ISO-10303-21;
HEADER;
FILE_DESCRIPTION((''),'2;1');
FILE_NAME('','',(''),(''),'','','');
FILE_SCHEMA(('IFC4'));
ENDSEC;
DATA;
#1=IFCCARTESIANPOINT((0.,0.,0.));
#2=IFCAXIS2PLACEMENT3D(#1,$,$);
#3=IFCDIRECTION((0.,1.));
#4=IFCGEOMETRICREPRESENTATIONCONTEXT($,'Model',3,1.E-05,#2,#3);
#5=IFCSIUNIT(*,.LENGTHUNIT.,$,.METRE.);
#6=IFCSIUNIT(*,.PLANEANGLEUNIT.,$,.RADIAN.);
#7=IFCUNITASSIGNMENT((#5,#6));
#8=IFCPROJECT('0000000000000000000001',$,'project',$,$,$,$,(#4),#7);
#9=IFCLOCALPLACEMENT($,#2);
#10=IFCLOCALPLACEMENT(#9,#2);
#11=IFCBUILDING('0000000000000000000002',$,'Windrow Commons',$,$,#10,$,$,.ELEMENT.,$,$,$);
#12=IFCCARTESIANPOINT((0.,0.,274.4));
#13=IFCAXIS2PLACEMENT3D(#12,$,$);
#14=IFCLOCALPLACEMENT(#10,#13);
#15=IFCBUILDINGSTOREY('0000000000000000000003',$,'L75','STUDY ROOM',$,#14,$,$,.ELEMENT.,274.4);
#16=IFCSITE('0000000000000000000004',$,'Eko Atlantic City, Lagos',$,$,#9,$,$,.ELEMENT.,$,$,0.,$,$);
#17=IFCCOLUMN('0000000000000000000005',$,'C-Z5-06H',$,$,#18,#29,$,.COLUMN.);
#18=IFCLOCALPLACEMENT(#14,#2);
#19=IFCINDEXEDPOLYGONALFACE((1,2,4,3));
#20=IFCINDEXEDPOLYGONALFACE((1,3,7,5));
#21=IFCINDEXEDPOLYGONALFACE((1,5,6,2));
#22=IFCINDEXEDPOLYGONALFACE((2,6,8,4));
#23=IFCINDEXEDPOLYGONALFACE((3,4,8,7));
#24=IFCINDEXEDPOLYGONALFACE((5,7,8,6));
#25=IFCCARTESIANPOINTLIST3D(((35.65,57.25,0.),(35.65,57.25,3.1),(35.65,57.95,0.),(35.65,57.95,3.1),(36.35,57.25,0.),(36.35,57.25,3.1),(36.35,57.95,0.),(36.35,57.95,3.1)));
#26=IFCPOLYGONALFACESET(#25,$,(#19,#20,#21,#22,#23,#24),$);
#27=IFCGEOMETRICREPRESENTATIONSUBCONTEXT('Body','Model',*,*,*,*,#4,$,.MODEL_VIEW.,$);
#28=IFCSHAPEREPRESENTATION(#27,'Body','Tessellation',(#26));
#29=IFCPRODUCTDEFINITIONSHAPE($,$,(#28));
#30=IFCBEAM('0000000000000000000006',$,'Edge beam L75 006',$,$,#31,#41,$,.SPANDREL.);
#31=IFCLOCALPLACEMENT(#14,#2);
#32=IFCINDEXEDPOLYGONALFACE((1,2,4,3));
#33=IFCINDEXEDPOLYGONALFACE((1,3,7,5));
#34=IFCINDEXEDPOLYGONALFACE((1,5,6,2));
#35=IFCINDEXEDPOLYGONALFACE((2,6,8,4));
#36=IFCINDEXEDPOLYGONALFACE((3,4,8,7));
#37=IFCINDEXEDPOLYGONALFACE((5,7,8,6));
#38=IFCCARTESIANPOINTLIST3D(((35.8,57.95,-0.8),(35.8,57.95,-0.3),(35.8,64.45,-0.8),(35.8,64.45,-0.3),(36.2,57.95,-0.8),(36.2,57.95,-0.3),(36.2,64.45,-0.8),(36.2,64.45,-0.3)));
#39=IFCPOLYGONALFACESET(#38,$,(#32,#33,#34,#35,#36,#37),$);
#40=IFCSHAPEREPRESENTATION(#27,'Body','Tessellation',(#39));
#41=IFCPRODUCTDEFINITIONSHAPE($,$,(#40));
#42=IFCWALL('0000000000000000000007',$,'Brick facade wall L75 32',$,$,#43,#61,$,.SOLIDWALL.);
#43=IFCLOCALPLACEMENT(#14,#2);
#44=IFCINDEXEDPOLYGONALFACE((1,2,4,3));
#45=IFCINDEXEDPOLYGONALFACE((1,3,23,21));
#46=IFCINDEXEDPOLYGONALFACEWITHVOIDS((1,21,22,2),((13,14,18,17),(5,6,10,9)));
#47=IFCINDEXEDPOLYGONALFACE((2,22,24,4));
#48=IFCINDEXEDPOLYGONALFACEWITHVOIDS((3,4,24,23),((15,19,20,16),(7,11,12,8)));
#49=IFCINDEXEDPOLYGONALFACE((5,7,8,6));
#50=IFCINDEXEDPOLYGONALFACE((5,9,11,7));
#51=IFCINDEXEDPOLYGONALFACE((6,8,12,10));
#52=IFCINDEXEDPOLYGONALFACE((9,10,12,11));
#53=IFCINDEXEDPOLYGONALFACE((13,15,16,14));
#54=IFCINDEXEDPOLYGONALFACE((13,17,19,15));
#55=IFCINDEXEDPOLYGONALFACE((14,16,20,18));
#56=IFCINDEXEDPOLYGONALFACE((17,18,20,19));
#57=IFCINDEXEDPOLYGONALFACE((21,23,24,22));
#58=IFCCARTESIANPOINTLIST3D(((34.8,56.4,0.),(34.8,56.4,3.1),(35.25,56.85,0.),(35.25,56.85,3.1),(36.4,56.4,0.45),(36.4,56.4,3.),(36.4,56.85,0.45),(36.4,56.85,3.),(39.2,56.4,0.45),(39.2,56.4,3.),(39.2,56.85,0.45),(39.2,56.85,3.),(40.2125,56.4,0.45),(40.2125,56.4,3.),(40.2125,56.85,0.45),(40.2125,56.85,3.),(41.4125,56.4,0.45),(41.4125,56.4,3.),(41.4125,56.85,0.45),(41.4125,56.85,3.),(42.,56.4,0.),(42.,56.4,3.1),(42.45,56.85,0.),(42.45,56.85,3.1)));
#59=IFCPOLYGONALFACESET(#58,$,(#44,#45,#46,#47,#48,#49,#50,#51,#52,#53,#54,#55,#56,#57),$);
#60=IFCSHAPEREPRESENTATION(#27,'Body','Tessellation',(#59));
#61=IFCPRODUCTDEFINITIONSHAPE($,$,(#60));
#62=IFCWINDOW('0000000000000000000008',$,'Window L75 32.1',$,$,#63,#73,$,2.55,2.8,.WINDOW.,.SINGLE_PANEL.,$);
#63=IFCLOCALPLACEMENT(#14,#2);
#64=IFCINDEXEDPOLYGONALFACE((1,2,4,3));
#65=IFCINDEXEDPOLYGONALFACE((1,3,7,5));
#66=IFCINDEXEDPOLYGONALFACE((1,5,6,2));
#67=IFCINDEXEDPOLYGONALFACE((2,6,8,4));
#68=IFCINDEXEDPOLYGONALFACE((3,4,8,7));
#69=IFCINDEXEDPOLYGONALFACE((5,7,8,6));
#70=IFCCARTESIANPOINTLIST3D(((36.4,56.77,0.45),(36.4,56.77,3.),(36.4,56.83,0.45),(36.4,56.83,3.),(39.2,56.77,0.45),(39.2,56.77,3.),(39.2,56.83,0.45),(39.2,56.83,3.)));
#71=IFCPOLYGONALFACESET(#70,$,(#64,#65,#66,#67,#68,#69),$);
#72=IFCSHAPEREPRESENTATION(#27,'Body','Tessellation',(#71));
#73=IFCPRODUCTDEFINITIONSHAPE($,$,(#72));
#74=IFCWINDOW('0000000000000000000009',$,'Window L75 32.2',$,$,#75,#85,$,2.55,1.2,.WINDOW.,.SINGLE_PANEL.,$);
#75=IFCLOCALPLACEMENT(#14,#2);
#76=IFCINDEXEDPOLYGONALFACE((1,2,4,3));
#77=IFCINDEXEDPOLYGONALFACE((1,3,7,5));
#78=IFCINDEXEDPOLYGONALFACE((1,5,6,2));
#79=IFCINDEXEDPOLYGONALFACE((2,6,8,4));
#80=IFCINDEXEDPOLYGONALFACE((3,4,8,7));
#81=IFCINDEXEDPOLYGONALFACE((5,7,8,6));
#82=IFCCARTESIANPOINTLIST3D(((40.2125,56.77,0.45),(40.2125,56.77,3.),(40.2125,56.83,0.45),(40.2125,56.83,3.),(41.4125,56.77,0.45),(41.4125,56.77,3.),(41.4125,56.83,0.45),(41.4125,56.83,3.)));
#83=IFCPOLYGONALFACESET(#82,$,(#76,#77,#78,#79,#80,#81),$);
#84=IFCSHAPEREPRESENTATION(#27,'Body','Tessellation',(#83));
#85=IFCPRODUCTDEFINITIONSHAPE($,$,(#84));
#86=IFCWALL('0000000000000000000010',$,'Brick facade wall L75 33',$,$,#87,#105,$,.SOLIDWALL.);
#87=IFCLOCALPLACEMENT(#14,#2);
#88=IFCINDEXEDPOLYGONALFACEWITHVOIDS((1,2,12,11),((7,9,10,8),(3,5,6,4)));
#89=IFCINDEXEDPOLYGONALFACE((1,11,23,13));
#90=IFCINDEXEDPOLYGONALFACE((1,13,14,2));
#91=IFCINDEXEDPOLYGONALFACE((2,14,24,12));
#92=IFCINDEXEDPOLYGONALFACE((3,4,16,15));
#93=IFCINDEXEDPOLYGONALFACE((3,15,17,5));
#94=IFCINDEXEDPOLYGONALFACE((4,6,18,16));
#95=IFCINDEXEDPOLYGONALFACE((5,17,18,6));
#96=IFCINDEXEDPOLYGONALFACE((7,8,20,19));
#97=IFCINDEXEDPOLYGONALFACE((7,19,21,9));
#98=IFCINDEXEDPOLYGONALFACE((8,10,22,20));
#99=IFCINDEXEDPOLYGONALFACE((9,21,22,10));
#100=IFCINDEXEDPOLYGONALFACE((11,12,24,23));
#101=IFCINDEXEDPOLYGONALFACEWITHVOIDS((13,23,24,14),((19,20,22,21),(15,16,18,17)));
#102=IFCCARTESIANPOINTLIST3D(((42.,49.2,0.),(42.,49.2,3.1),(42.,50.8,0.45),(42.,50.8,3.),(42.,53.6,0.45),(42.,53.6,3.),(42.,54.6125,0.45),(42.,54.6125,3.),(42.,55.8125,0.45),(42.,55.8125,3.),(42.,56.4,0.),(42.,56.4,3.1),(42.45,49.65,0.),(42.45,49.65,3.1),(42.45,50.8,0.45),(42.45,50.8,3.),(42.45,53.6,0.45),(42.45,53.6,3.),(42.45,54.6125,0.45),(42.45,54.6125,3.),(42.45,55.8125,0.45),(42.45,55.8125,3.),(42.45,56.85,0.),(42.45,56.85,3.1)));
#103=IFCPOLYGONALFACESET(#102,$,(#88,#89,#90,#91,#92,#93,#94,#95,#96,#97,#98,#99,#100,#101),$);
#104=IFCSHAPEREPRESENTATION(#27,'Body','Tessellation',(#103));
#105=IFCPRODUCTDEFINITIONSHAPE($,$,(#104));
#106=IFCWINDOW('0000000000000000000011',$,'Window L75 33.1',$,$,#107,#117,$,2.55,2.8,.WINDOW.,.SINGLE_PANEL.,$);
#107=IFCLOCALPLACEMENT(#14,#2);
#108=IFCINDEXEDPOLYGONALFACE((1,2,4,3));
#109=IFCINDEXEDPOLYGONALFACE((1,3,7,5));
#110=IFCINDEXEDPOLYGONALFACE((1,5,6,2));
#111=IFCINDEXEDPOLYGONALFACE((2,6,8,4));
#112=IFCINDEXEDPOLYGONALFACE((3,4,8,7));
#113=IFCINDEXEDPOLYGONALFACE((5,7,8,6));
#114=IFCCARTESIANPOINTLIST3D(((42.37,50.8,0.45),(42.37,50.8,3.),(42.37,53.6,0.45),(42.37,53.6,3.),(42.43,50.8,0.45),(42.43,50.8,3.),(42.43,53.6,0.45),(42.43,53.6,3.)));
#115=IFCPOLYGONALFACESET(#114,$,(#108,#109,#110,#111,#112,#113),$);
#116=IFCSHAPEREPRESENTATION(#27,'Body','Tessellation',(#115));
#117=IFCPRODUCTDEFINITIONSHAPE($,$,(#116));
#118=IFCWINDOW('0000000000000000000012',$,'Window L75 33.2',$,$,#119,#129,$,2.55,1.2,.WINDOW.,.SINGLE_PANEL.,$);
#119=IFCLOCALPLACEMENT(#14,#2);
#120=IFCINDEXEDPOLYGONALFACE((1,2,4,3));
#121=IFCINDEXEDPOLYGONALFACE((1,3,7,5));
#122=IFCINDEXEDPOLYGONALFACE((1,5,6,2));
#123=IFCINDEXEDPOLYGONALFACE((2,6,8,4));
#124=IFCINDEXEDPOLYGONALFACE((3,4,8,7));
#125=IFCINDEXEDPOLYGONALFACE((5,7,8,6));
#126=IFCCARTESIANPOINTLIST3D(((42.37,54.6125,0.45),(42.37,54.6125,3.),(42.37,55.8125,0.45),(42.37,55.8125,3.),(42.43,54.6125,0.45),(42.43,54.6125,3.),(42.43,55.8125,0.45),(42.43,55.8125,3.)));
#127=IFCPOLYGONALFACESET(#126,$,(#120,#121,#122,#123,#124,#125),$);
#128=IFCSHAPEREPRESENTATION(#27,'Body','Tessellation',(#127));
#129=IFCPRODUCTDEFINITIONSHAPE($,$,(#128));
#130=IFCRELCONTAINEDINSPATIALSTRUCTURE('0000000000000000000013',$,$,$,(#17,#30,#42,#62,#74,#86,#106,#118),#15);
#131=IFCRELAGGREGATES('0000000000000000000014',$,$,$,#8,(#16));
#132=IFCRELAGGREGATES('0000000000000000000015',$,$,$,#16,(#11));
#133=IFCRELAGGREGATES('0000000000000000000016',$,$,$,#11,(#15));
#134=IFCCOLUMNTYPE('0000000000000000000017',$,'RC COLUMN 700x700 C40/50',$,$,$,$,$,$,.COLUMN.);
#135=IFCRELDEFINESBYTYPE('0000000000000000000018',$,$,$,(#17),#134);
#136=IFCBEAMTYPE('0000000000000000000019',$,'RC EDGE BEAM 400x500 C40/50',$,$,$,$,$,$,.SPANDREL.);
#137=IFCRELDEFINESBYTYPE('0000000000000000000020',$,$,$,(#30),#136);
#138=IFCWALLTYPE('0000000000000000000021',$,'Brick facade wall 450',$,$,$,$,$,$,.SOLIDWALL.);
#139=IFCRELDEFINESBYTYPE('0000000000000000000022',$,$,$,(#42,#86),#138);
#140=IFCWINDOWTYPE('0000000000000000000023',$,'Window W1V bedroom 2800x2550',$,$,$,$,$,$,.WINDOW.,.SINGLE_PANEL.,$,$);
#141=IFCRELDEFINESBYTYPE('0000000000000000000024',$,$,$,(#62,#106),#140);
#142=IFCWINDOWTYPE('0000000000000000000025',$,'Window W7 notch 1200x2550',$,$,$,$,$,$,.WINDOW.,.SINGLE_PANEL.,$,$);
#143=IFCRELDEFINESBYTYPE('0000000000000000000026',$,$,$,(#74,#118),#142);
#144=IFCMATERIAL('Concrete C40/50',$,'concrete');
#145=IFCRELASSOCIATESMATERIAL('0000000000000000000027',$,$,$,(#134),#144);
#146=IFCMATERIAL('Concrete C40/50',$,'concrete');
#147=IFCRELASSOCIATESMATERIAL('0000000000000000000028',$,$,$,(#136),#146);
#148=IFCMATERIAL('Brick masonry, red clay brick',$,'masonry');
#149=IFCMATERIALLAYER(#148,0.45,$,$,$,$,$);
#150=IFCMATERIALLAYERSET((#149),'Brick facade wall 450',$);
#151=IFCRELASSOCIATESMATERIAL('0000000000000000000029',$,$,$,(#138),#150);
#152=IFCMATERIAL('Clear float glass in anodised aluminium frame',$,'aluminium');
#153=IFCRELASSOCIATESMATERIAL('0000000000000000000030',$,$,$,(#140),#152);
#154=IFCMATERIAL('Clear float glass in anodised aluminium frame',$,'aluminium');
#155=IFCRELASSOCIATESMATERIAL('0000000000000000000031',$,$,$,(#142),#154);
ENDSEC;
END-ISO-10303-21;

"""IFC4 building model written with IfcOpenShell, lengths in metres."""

from ifc_helpers import new_model, si_unit, direction, frame, frame_2d, origin, origin_2d, place, context, subcontext, project, spatial, polyline, rectangle, outline, extrude, material, layer, layer_set, material_profile, profile_set, type_object, element, fill, save


model = new_model("IFC4")

# Units and contexts
model_context = context("Model", 3, precision=1e-05, world=origin(), true_north=direction((0.0, 1.0)))
body_context = subcontext(model_context, "Body", "Model", "MODEL_VIEW")
ifc_project = project(units=[si_unit("LENGTHUNIT", "METRE"), si_unit("PLANEANGLEUNIT", "RADIAN")], contexts=[model_context])

# Site, building, storey
site_placement = place(None, origin())
site = spatial("IfcSite", under=ifc_project, at=site_placement, Name="Eko Atlantic City, Lagos", CompositionType="ELEMENT", RefElevation=0.0)
building_placement = place(site_placement, origin())
building = spatial("IfcBuilding", under=site, at=building_placement, Name="Windrow Commons", CompositionType="ELEMENT")
storey_placement = place(building_placement, frame((0.0, 0.0, 274.4)))
storey = spatial("IfcBuildingStorey", under=building, at=storey_placement, Name="L75", Description="STUDY ROOM", CompositionType="ELEMENT", Elevation=274.4)

# Column
ifc_material_1 = material(Name="Concrete C40/50", Category="concrete")
ifc_material_profile_1 = material_profile(ifc_material_1, rectangle(XDim=0.7, YDim=0.7, at=origin_2d()))
ifc_profile_set_1 = profile_set([ifc_material_profile_1], Name="Concrete C40/50")
column_type = type_object("IfcColumnType", Name="RC COLUMN 700x700 C40/50", PredefinedType="COLUMN", material=ifc_profile_set_1)
column_placement = place(storey_placement, frame((36.0, 57.6, 0.0), z_axis=(0.0, 0.0, 1.0), x_axis=(1.0, 0.0, 0.0)))
element("IfcColumn", 1, at=column_placement, inside=storey, type_object=column_type, Name="C-Z5-06H", PredefinedType="COLUMN", context=body_context, shape_type="SweptSolid", body=[
    extrude(rectangle(XDim=0.7, YDim=0.7, at=origin_2d()), origin(), (0.0, 0.0, 1.0), 3.1),
])

# Beam
ifc_material_2 = material(Name="Concrete C40/50", Category="concrete")
ifc_material_profile_2 = material_profile(ifc_material_2, rectangle(XDim=0.4, YDim=0.5, at=origin_2d()))
ifc_profile_set_2 = profile_set([ifc_material_profile_2], Name="Concrete C40/50")
beam_type = type_object("IfcBeamType", Name="RC EDGE BEAM 400x500 C40/50", PredefinedType="SPANDREL", material=ifc_profile_set_2)
beam_placement = place(storey_placement, frame((36.0, 57.95, -0.55), z_axis=(0.0, 1.0, 0.0), x_axis=(-1.0, 0.0, 0.0)))
element("IfcBeam", 2, at=beam_placement, inside=storey, type_object=beam_type, Name="Edge beam L75 006", PredefinedType="SPANDREL", context=body_context, shape_type="SweptSolid", body=[
    extrude(rectangle(XDim=0.4, YDim=0.5, at=origin_2d()), origin(), (0.0, 0.0, 1.0), 6.5),
])

# Walls, openings, windows
ifc_material_3 = material(Name="Brick masonry, red clay brick", Category="masonry")
ifc_layer_1 = layer(ifc_material_3, 0.45)
ifc_layer_set_1 = layer_set([ifc_layer_1], Name="Brick facade wall 450")
wall_type_1 = type_object("IfcWallType", Name="Brick facade wall 450", PredefinedType="SOLIDWALL", material=ifc_layer_set_1)
wall_1_placement = place(storey_placement, frame((35.025, 56.625, 0.0), z_axis=(0.0, 0.0, 1.0), x_axis=(1.0, 0.0, 0.0)))
wall_1 = element("IfcWall", 3, at=wall_1_placement, inside=storey, type_object=wall_type_1, Name="Brick facade wall L75 32", PredefinedType="SOLIDWALL", context=body_context, shape_type="SweptSolid", body=[
    extrude(outline(polyline([(-0.225, -0.225), (6.975, -0.225), (7.425, 0.225), (0.225, 0.225), (-0.225, -0.225)])), origin(), (0.0, 0.0, 1.0), 3.1),
])
opening_1_placement = place(wall_1_placement, frame((1.375, 0.0, 0.45)))
opening_1 = element("IfcOpeningElement", 4, at=opening_1_placement, cuts=wall_1, PredefinedType="OPENING", context=body_context, shape_type="SweptSolid", body=[
    extrude(rectangle(XDim=2.8, YDim=2.55, at=frame_2d((1.4, 1.275))), frame((0.0, 0.235, 0.0), z_axis=(0.0, -1.0, 0.0), x_axis=(1.0, 0.0, 0.0)), (0.0, 0.0, 1.0), 0.47),
])
opening_2_placement = place(wall_1_placement, frame((5.1875, 0.0, 0.45)))
opening_2 = element("IfcOpeningElement", 5, at=opening_2_placement, cuts=wall_1, PredefinedType="OPENING", context=body_context, shape_type="SweptSolid", body=[
    extrude(rectangle(XDim=1.2, YDim=2.55, at=frame_2d((0.6, 1.275))), frame((0.0, 0.235, 0.0), z_axis=(0.0, -1.0, 0.0), x_axis=(1.0, 0.0, 0.0)), (0.0, 0.0, 1.0), 0.47),
])
ifc_material_4 = material(Name="Clear float glass in anodised aluminium frame", Category="aluminium")
window_type_1 = type_object("IfcWindowType", Name="Window W1V bedroom 2800x2550", PartitioningType="SINGLE_PANEL", PredefinedType="WINDOW", material=ifc_material_4)
window_1_placement = place(opening_1_placement, origin())
window_1 = element("IfcWindow", 6, at=window_1_placement, inside=storey, type_object=window_type_1, Name="Window L75 32.1", OverallHeight=2.55, OverallWidth=2.8, PartitioningType="SINGLE_PANEL", PredefinedType="WINDOW", context=body_context, shape_type="SweptSolid", body=[
    extrude(rectangle(XDim=2.8, YDim=2.55, at=frame_2d((1.4, 1.275))), frame((0.0, 0.205, 0.0), z_axis=(0.0, -1.0, 0.0), x_axis=(1.0, 0.0, 0.0)), (0.0, 0.0, 1.0), 0.06),
])
fill(opening_1, window_1)
ifc_material_5 = material(Name="Clear float glass in anodised aluminium frame", Category="aluminium")
window_type_2 = type_object("IfcWindowType", Name="Window W7 notch 1200x2550", PartitioningType="SINGLE_PANEL", PredefinedType="WINDOW", material=ifc_material_5)
window_2_placement = place(opening_2_placement, origin())
window_2 = element("IfcWindow", 7, at=window_2_placement, inside=storey, type_object=window_type_2, Name="Window L75 32.2", OverallHeight=2.55, OverallWidth=1.2, PartitioningType="SINGLE_PANEL", PredefinedType="WINDOW", context=body_context, shape_type="SweptSolid", body=[
    extrude(rectangle(XDim=1.2, YDim=2.55, at=frame_2d((0.6, 1.275))), frame((0.0, 0.205, 0.0), z_axis=(0.0, -1.0, 0.0), x_axis=(1.0, 0.0, 0.0)), (0.0, 0.0, 1.0), 0.06),
])
fill(opening_2, window_2)
wall_2_placement = place(storey_placement, frame((42.225, 56.625, 0.0), z_axis=(0.0, 0.0, 1.0), x_axis=(0.0, -1.0, 0.0)))
wall_2 = element("IfcWall", 8, at=wall_2_placement, inside=storey, type_object=wall_type_1, Name="Brick facade wall L75 33", PredefinedType="SOLIDWALL", context=body_context, shape_type="SweptSolid", body=[
    extrude(outline(polyline([(0.225, -0.225), (7.425, -0.225), (6.975, 0.225), (-0.225, 0.225), (0.225, -0.225)])), origin(), (0.0, 0.0, 1.0), 3.1),
])
opening_3_placement = place(wall_2_placement, frame((3.025, 0.0, 0.45)))
opening_3 = element("IfcOpeningElement", 9, at=opening_3_placement, cuts=wall_2, PredefinedType="OPENING", context=body_context, shape_type="SweptSolid", body=[
    extrude(rectangle(XDim=2.8, YDim=2.55, at=frame_2d((1.4, 1.275))), frame((0.0, 0.235, 0.0), z_axis=(0.0, -1.0, 0.0), x_axis=(1.0, 0.0, 0.0)), (0.0, 0.0, 1.0), 0.47),
])
opening_4_placement = place(wall_2_placement, frame((0.8125, 0.0, 0.45)))
opening_4 = element("IfcOpeningElement", 10, at=opening_4_placement, cuts=wall_2, PredefinedType="OPENING", context=body_context, shape_type="SweptSolid", body=[
    extrude(rectangle(XDim=1.2, YDim=2.55, at=frame_2d((0.6, 1.275))), frame((0.0, 0.235, 0.0), z_axis=(0.0, -1.0, 0.0), x_axis=(1.0, 0.0, 0.0)), (0.0, 0.0, 1.0), 0.47),
])
window_3_placement = place(opening_3_placement, origin())
window_3 = element("IfcWindow", 11, at=window_3_placement, inside=storey, type_object=window_type_1, Name="Window L75 33.1", OverallHeight=2.55, OverallWidth=2.8, PartitioningType="SINGLE_PANEL", PredefinedType="WINDOW", context=body_context, shape_type="SweptSolid", body=[
    extrude(rectangle(XDim=2.8, YDim=2.55, at=frame_2d((1.4, 1.275))), frame((0.0, 0.205, 0.0), z_axis=(0.0, -1.0, 0.0), x_axis=(1.0, 0.0, 0.0)), (0.0, 0.0, 1.0), 0.06),
])
fill(opening_3, window_3)
window_4_placement = place(opening_4_placement, origin())
window_4 = element("IfcWindow", 12, at=window_4_placement, inside=storey, type_object=window_type_2, Name="Window L75 33.2", OverallHeight=2.55, OverallWidth=1.2, PartitioningType="SINGLE_PANEL", PredefinedType="WINDOW", context=body_context, shape_type="SweptSolid", body=[
    extrude(rectangle(XDim=1.2, YDim=2.55, at=frame_2d((0.6, 1.275))), frame((0.0, 0.205, 0.0), z_axis=(0.0, -1.0, 0.0), x_axis=(1.0, 0.0, 0.0)), (0.0, 0.0, 1.0), 0.06),
])
fill(opening_4, window_4)

save(model, "model.ifc")
